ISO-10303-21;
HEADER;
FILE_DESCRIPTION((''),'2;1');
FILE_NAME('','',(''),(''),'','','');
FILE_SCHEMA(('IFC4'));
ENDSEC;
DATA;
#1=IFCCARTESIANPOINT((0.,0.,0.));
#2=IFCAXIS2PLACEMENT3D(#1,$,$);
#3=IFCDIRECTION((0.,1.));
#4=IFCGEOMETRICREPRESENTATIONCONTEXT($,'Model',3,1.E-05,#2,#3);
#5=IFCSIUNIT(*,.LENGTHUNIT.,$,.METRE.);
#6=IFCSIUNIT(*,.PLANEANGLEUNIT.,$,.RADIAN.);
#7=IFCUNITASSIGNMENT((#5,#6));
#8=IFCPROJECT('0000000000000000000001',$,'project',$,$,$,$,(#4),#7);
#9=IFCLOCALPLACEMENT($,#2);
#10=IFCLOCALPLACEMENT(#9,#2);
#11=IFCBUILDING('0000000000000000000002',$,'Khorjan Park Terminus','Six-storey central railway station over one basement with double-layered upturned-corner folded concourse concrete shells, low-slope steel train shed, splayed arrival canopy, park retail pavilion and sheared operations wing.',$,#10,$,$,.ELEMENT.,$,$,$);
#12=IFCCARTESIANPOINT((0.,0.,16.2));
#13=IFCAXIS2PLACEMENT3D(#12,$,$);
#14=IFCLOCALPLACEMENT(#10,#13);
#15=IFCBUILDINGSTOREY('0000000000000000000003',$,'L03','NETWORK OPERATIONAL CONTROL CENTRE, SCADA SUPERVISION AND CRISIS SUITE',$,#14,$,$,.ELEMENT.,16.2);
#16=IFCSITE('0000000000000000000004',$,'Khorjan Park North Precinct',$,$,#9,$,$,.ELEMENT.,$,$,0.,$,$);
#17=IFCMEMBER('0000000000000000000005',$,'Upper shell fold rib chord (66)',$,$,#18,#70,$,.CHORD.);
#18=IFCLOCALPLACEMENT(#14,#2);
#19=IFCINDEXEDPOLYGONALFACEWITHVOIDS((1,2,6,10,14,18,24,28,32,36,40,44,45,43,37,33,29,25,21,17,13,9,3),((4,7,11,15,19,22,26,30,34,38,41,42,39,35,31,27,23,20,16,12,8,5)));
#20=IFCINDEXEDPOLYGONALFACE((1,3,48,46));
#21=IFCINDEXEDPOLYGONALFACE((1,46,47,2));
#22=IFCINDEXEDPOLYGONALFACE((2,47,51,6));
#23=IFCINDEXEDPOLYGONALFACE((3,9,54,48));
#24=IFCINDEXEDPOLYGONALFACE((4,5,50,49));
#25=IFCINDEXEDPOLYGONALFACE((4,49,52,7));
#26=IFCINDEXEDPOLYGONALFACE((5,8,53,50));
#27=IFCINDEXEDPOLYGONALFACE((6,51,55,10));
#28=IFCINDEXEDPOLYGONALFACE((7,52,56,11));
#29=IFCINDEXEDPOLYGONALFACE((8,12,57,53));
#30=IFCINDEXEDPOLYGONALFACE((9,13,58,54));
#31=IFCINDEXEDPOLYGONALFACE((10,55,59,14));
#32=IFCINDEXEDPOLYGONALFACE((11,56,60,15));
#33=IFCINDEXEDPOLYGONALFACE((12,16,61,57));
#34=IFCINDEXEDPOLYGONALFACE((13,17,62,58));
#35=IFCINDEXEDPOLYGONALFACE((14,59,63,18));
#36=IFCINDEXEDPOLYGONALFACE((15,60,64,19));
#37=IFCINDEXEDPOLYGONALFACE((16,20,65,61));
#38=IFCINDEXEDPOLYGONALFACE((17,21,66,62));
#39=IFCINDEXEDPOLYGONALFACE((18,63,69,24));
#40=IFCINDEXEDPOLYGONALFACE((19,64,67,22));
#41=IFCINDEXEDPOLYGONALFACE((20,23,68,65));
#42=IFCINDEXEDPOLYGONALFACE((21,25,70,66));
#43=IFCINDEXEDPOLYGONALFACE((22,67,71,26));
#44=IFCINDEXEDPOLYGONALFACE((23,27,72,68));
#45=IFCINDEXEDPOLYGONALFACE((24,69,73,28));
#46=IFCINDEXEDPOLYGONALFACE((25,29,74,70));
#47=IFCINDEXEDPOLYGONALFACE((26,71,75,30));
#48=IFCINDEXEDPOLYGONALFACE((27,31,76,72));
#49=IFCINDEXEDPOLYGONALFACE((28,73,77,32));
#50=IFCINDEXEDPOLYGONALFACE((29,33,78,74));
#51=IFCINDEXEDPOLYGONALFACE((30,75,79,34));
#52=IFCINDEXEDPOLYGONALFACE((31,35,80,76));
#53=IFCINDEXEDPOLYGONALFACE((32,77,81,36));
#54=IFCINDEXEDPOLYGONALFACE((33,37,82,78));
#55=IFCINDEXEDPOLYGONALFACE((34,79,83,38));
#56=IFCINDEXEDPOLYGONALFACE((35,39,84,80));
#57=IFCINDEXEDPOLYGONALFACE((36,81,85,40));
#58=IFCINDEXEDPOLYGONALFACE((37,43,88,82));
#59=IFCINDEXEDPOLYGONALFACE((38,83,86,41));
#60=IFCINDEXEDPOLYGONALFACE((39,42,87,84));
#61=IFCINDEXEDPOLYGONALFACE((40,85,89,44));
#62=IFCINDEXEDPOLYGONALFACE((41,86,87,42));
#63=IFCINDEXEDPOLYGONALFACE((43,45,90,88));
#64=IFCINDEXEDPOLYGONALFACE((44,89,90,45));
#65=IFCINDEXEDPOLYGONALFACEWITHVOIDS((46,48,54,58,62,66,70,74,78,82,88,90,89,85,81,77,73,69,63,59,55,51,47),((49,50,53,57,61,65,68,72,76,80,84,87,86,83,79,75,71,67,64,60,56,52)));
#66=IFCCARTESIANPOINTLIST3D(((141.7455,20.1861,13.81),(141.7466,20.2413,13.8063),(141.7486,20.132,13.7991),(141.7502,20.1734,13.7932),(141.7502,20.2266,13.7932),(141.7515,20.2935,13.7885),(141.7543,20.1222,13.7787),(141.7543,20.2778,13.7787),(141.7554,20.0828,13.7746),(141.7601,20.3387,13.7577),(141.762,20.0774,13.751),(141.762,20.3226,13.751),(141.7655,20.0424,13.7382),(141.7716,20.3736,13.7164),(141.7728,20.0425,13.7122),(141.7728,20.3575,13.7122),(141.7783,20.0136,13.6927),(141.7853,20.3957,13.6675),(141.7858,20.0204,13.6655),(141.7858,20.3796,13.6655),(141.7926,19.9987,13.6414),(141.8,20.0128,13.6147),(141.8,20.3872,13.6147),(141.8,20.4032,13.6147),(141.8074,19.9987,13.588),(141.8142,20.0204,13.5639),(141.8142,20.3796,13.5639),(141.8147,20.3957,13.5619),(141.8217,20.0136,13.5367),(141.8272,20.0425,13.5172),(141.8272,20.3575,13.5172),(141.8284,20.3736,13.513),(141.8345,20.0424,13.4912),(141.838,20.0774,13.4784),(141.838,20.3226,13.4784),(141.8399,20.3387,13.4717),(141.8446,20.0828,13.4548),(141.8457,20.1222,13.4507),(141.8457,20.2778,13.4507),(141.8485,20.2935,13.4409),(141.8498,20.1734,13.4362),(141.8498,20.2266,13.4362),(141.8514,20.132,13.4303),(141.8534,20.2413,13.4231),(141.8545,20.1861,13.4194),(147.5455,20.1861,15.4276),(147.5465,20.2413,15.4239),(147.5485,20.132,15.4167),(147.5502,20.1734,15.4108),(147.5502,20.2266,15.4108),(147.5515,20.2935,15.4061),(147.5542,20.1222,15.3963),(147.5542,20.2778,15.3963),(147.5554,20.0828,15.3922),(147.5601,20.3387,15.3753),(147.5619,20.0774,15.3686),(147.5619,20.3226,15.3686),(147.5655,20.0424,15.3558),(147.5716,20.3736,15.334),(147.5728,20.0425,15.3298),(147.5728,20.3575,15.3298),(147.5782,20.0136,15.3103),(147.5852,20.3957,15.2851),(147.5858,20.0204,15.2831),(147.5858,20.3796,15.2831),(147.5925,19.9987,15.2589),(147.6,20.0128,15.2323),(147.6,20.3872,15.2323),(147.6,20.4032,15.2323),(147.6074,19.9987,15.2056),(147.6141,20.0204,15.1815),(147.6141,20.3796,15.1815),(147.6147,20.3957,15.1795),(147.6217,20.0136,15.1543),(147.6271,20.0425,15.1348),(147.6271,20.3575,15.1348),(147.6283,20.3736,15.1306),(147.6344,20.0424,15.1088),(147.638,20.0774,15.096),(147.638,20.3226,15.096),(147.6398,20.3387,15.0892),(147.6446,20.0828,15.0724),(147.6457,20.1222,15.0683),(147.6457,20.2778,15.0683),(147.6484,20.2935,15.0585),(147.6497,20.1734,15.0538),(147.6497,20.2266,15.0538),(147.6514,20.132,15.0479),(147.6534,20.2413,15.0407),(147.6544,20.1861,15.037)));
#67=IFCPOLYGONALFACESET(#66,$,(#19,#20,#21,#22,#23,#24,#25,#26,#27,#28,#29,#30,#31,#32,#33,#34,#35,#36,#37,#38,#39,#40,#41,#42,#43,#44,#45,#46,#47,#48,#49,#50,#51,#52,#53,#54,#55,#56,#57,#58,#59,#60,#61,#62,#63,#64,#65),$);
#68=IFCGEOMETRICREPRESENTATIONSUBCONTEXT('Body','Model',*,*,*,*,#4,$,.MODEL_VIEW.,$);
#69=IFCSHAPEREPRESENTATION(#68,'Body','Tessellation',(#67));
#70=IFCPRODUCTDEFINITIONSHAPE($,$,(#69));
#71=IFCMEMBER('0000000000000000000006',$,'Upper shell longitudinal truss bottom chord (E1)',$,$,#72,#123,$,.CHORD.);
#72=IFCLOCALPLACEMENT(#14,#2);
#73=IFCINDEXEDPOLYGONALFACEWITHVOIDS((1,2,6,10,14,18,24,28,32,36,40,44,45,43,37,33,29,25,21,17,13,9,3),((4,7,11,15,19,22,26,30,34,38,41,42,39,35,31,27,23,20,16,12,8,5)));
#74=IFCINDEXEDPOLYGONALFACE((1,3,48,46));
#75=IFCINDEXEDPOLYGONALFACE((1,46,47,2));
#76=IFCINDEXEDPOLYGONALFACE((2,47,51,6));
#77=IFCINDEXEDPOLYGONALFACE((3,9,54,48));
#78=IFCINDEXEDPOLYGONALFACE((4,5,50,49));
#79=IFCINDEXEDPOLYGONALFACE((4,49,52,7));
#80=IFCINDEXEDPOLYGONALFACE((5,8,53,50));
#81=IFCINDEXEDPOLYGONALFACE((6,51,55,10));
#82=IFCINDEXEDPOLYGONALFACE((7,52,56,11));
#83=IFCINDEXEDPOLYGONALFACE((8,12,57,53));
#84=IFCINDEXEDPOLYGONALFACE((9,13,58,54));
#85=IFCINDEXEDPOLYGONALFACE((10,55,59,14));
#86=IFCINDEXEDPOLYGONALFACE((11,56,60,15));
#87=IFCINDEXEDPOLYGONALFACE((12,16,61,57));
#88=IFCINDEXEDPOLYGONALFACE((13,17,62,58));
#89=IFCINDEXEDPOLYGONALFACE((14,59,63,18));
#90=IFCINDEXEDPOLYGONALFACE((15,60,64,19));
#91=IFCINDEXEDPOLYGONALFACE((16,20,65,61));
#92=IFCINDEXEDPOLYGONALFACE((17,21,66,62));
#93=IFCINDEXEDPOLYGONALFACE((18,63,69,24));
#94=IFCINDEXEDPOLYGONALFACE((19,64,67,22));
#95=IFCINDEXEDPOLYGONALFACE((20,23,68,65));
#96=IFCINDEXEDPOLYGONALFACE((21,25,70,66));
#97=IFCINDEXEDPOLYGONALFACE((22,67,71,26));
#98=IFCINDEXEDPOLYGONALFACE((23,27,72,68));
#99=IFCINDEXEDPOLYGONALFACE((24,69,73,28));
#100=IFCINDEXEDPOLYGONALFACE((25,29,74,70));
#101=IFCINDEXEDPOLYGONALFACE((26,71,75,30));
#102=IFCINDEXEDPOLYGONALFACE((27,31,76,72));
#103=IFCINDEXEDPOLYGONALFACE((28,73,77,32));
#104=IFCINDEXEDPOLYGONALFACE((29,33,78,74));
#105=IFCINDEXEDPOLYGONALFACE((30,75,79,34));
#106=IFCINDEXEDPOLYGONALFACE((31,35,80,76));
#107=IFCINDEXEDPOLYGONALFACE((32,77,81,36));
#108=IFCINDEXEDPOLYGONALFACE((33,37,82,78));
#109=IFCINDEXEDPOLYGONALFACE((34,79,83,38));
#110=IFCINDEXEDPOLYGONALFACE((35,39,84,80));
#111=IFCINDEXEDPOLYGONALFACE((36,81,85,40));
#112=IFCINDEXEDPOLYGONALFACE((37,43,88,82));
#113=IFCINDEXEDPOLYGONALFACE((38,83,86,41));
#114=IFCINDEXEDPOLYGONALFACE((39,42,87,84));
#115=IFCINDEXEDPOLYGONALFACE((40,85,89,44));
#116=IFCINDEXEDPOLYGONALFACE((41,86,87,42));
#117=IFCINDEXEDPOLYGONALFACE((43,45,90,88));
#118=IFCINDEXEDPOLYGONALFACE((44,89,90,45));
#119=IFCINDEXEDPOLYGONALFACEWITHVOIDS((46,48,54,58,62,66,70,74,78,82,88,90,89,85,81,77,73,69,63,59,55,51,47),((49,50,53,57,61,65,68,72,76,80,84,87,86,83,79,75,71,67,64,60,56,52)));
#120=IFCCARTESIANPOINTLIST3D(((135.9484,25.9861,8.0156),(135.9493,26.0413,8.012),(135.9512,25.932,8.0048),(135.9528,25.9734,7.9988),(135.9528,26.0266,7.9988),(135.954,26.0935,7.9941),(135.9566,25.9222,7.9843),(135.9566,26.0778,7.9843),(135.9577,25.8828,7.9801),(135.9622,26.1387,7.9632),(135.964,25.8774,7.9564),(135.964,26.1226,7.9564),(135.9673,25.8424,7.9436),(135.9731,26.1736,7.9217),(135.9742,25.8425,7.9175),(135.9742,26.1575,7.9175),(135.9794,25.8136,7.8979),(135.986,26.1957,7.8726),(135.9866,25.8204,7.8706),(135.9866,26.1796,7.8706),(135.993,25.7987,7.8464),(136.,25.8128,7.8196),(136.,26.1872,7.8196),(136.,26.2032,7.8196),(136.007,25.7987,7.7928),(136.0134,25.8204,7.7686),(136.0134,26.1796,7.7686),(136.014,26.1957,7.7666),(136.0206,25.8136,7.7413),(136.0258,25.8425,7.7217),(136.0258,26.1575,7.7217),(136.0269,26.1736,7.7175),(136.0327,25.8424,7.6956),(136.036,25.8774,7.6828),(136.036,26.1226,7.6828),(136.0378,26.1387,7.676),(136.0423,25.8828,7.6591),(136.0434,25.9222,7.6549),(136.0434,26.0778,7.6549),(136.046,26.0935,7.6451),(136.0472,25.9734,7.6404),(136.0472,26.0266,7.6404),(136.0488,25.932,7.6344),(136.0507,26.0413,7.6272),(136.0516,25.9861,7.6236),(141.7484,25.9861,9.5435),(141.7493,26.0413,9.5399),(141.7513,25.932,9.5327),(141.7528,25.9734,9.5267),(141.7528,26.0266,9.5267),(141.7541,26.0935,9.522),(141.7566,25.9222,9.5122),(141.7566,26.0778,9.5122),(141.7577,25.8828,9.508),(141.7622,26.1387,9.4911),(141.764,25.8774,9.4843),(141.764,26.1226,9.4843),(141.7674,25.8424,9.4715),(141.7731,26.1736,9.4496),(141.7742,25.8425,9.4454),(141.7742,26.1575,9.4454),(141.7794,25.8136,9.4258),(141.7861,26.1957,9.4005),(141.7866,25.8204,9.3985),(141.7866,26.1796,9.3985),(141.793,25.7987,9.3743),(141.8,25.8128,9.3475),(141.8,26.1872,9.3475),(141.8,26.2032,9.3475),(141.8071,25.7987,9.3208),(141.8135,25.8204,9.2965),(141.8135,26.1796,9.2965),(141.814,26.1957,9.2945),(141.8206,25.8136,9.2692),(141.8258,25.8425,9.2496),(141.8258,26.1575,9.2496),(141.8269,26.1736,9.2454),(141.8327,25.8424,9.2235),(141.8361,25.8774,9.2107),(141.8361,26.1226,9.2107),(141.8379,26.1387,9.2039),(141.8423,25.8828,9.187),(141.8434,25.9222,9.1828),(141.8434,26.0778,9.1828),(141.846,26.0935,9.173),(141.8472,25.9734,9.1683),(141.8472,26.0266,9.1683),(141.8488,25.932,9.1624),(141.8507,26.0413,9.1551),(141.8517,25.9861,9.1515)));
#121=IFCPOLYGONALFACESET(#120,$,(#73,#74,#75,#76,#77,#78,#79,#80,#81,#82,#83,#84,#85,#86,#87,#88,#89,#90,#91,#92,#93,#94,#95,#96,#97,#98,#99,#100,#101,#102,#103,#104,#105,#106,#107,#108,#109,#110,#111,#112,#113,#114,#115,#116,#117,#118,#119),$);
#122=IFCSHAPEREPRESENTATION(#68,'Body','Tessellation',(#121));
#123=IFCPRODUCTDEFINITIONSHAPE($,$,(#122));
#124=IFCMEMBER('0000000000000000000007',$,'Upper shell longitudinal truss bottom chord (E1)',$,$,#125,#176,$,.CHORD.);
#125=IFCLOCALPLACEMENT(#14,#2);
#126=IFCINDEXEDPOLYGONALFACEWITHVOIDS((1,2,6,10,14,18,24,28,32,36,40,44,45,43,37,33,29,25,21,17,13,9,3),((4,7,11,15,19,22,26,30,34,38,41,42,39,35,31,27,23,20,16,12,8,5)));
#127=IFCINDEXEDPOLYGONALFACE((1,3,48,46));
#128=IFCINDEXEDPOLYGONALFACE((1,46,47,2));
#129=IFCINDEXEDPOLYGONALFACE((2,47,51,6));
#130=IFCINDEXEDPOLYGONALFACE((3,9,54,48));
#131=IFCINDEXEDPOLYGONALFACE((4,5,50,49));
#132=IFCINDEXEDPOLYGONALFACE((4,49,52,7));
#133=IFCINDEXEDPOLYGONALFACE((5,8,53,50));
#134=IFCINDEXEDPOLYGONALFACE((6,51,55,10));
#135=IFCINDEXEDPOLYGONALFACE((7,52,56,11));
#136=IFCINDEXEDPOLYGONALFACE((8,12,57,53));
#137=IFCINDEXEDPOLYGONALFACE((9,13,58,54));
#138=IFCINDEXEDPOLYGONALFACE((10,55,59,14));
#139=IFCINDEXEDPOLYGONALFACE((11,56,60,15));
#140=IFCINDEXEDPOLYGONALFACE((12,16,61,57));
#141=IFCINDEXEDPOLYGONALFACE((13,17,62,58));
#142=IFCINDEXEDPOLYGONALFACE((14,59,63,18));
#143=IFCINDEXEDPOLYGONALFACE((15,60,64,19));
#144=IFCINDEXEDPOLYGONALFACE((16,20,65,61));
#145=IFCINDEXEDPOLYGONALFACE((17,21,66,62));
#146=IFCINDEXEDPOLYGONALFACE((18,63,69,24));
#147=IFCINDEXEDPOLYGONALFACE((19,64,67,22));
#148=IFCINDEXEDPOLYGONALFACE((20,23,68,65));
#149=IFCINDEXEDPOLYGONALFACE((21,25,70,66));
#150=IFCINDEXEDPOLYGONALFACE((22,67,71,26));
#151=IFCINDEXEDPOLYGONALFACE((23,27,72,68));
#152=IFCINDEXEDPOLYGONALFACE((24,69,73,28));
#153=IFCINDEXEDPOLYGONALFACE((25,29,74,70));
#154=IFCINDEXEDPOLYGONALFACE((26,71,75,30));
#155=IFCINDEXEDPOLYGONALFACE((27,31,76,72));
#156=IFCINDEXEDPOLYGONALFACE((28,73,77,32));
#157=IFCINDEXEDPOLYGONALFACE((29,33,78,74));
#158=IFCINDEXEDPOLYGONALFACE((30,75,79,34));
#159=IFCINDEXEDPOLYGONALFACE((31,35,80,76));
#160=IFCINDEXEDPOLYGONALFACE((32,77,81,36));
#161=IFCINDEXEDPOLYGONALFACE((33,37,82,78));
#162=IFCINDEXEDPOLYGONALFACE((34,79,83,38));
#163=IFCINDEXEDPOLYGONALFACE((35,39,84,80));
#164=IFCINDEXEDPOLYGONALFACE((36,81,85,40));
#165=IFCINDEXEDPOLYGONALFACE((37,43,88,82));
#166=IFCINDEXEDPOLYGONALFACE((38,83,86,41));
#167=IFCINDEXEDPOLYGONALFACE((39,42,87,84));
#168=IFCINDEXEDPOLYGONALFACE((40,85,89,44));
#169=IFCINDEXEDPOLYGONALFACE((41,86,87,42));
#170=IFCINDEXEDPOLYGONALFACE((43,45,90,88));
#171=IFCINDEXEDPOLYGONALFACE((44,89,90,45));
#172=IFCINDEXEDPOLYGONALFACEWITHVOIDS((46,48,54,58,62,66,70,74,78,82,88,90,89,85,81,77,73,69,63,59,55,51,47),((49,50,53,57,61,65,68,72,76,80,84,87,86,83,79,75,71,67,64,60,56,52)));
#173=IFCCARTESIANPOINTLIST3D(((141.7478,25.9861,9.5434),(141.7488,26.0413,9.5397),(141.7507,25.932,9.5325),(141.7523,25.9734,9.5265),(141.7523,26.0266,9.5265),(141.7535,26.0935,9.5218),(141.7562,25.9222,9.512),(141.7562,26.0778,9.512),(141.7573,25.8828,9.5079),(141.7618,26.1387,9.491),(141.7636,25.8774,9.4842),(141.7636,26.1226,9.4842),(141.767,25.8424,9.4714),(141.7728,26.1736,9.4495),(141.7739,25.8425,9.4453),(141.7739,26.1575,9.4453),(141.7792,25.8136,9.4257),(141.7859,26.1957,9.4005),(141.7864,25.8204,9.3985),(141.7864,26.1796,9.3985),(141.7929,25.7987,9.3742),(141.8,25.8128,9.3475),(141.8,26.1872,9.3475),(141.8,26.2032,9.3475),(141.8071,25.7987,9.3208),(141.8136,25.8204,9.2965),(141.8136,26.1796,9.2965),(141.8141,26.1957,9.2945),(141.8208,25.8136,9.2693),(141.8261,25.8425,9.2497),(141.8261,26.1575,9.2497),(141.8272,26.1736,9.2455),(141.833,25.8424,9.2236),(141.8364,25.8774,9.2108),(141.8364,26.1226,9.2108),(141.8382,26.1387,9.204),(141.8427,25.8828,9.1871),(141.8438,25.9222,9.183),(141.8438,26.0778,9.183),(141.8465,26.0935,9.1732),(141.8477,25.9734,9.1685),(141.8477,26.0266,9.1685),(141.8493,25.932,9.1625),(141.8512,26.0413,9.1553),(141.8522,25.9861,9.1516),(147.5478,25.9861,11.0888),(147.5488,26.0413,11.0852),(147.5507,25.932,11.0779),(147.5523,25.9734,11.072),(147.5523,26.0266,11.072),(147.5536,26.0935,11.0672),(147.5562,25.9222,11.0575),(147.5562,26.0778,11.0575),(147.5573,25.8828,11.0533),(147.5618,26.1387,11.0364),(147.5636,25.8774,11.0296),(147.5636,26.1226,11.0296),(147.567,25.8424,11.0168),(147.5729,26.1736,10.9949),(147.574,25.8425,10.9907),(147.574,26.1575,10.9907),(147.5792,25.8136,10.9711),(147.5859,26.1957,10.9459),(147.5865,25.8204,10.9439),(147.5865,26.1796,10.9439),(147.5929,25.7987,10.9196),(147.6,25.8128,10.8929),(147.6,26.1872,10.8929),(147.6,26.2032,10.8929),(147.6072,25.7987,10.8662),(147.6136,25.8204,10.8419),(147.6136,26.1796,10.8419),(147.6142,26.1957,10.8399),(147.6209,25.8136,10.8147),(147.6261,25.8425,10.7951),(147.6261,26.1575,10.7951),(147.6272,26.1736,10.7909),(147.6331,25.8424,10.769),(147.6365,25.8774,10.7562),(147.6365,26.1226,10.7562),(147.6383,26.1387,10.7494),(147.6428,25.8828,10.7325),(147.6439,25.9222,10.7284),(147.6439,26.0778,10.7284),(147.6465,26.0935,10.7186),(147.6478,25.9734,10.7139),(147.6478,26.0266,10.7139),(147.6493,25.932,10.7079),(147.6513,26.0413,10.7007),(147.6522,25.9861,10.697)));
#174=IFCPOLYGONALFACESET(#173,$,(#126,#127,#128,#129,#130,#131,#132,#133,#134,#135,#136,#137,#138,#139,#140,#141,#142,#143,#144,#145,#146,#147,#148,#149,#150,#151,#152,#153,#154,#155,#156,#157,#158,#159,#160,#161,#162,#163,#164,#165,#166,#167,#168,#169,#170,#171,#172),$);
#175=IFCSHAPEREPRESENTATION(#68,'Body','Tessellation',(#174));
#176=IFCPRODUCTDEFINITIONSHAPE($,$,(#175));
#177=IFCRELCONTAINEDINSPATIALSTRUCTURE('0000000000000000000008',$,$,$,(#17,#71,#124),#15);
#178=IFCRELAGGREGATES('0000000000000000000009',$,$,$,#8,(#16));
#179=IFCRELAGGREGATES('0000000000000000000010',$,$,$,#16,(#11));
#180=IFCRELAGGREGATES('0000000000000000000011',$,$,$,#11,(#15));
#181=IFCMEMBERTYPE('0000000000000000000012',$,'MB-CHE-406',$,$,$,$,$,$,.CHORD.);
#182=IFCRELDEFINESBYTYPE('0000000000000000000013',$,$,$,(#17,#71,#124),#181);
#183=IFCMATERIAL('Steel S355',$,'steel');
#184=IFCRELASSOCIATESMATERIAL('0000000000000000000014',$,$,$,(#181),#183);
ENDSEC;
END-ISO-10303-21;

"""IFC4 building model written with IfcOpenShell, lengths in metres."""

from ifc_helpers import new_model, si_unit, direction, frame, origin, origin_2d, place, context, subcontext, project, spatial, hollow_circle, extrude, material, material_profile, profile_set, type_object, element, save


model = new_model("IFC4")

# Units and contexts
model_context = context("Model", 3, precision=1e-05, world=origin(), true_north=direction((0.0, 1.0)))
body_context = subcontext(model_context, "Body", "Model", "MODEL_VIEW")
ifc_project = project(units=[si_unit("LENGTHUNIT", "METRE"), si_unit("PLANEANGLEUNIT", "RADIAN")], contexts=[model_context])

# Site, building, storey
site_placement = place(None, origin())
site = spatial("IfcSite", under=ifc_project, at=site_placement, Name="Khorjan Park North Precinct", CompositionType="ELEMENT", RefElevation=0.0)
building_placement = place(site_placement, origin())
building = spatial("IfcBuilding", under=site, at=building_placement, Name="Khorjan Park Terminus", Description="Six-storey central railway station over one basement with double-layered upturned-corner folded concourse concrete shells, low-slope steel train shed, splayed arrival canopy, park retail pavilion and sheared operations wing.", CompositionType="ELEMENT")
storey_placement = place(building_placement, frame((0.0, 0.0, 16.2)))
storey = spatial("IfcBuildingStorey", under=building, at=storey_placement, Name="L03", Description="NETWORK OPERATIONAL CONTROL CENTRE, SCADA SUPERVISION AND CRISIS SUITE", CompositionType="ELEMENT", Elevation=16.2)

# Members
ifc_material = material(Name="Steel S355", Category="steel")
ifc_material_profile_1 = material_profile(ifc_material, hollow_circle(Radius=0.2032, WallThickness=0.016, at=origin_2d()), Name="CHS 406.4x16")
ifc_profile_set_1 = profile_set([ifc_material_profile_1], Name="Steel S355")
member_type_1 = type_object("IfcMemberType", Name="MB-CHE-406", PredefinedType="CHORD", material=ifc_profile_set_1)
member_1_placement = place(storey_placement, frame((141.8, 20.2, 13.6147), z_axis=(0.963239, 0.0, 0.268644), x_axis=(0.0, 1.0, 0.0)))
element("IfcMember", 1, at=member_1_placement, inside=storey, type_object=member_type_1, Name="Upper shell fold rib chord (66)", PredefinedType="CHORD", context=body_context, shape_type="SweptSolid", body=[
    extrude(hollow_circle(Radius=0.2032, WallThickness=0.016, at=origin_2d()), origin(), (0.0, 0.0, 1.0), 6.0213),
])
member_2_placement = place(storey_placement, frame((136.0, 26.0, 7.8196), z_axis=(0.967009, 0.0, 0.25474), x_axis=(0.0, 1.0, 0.0)))
element("IfcMember", 2, at=member_2_placement, inside=storey, type_object=member_type_1, Name="Upper shell longitudinal truss bottom chord (E1)", PredefinedType="CHORD", context=body_context, shape_type="SweptSolid", body=[
    extrude(hollow_circle(Radius=0.2032, WallThickness=0.016, at=origin_2d()), origin(), (0.0, 0.0, 1.0), 5.9979),
])
member_3_placement = place(storey_placement, frame((141.8, 26.0, 9.3475), z_axis=(0.966287, 0.0, 0.257466), x_axis=(0.0, 1.0, 0.0)))
element("IfcMember", 3, at=member_3_placement, inside=storey, type_object=member_type_1, Name="Upper shell longitudinal truss bottom chord (E1)", PredefinedType="CHORD", context=body_context, shape_type="SweptSolid", body=[
    extrude(hollow_circle(Radius=0.2032, WallThickness=0.016, at=origin_2d()), origin(), (0.0, 0.0, 1.0), 6.0024),
])

save(model, "model.ifc")
